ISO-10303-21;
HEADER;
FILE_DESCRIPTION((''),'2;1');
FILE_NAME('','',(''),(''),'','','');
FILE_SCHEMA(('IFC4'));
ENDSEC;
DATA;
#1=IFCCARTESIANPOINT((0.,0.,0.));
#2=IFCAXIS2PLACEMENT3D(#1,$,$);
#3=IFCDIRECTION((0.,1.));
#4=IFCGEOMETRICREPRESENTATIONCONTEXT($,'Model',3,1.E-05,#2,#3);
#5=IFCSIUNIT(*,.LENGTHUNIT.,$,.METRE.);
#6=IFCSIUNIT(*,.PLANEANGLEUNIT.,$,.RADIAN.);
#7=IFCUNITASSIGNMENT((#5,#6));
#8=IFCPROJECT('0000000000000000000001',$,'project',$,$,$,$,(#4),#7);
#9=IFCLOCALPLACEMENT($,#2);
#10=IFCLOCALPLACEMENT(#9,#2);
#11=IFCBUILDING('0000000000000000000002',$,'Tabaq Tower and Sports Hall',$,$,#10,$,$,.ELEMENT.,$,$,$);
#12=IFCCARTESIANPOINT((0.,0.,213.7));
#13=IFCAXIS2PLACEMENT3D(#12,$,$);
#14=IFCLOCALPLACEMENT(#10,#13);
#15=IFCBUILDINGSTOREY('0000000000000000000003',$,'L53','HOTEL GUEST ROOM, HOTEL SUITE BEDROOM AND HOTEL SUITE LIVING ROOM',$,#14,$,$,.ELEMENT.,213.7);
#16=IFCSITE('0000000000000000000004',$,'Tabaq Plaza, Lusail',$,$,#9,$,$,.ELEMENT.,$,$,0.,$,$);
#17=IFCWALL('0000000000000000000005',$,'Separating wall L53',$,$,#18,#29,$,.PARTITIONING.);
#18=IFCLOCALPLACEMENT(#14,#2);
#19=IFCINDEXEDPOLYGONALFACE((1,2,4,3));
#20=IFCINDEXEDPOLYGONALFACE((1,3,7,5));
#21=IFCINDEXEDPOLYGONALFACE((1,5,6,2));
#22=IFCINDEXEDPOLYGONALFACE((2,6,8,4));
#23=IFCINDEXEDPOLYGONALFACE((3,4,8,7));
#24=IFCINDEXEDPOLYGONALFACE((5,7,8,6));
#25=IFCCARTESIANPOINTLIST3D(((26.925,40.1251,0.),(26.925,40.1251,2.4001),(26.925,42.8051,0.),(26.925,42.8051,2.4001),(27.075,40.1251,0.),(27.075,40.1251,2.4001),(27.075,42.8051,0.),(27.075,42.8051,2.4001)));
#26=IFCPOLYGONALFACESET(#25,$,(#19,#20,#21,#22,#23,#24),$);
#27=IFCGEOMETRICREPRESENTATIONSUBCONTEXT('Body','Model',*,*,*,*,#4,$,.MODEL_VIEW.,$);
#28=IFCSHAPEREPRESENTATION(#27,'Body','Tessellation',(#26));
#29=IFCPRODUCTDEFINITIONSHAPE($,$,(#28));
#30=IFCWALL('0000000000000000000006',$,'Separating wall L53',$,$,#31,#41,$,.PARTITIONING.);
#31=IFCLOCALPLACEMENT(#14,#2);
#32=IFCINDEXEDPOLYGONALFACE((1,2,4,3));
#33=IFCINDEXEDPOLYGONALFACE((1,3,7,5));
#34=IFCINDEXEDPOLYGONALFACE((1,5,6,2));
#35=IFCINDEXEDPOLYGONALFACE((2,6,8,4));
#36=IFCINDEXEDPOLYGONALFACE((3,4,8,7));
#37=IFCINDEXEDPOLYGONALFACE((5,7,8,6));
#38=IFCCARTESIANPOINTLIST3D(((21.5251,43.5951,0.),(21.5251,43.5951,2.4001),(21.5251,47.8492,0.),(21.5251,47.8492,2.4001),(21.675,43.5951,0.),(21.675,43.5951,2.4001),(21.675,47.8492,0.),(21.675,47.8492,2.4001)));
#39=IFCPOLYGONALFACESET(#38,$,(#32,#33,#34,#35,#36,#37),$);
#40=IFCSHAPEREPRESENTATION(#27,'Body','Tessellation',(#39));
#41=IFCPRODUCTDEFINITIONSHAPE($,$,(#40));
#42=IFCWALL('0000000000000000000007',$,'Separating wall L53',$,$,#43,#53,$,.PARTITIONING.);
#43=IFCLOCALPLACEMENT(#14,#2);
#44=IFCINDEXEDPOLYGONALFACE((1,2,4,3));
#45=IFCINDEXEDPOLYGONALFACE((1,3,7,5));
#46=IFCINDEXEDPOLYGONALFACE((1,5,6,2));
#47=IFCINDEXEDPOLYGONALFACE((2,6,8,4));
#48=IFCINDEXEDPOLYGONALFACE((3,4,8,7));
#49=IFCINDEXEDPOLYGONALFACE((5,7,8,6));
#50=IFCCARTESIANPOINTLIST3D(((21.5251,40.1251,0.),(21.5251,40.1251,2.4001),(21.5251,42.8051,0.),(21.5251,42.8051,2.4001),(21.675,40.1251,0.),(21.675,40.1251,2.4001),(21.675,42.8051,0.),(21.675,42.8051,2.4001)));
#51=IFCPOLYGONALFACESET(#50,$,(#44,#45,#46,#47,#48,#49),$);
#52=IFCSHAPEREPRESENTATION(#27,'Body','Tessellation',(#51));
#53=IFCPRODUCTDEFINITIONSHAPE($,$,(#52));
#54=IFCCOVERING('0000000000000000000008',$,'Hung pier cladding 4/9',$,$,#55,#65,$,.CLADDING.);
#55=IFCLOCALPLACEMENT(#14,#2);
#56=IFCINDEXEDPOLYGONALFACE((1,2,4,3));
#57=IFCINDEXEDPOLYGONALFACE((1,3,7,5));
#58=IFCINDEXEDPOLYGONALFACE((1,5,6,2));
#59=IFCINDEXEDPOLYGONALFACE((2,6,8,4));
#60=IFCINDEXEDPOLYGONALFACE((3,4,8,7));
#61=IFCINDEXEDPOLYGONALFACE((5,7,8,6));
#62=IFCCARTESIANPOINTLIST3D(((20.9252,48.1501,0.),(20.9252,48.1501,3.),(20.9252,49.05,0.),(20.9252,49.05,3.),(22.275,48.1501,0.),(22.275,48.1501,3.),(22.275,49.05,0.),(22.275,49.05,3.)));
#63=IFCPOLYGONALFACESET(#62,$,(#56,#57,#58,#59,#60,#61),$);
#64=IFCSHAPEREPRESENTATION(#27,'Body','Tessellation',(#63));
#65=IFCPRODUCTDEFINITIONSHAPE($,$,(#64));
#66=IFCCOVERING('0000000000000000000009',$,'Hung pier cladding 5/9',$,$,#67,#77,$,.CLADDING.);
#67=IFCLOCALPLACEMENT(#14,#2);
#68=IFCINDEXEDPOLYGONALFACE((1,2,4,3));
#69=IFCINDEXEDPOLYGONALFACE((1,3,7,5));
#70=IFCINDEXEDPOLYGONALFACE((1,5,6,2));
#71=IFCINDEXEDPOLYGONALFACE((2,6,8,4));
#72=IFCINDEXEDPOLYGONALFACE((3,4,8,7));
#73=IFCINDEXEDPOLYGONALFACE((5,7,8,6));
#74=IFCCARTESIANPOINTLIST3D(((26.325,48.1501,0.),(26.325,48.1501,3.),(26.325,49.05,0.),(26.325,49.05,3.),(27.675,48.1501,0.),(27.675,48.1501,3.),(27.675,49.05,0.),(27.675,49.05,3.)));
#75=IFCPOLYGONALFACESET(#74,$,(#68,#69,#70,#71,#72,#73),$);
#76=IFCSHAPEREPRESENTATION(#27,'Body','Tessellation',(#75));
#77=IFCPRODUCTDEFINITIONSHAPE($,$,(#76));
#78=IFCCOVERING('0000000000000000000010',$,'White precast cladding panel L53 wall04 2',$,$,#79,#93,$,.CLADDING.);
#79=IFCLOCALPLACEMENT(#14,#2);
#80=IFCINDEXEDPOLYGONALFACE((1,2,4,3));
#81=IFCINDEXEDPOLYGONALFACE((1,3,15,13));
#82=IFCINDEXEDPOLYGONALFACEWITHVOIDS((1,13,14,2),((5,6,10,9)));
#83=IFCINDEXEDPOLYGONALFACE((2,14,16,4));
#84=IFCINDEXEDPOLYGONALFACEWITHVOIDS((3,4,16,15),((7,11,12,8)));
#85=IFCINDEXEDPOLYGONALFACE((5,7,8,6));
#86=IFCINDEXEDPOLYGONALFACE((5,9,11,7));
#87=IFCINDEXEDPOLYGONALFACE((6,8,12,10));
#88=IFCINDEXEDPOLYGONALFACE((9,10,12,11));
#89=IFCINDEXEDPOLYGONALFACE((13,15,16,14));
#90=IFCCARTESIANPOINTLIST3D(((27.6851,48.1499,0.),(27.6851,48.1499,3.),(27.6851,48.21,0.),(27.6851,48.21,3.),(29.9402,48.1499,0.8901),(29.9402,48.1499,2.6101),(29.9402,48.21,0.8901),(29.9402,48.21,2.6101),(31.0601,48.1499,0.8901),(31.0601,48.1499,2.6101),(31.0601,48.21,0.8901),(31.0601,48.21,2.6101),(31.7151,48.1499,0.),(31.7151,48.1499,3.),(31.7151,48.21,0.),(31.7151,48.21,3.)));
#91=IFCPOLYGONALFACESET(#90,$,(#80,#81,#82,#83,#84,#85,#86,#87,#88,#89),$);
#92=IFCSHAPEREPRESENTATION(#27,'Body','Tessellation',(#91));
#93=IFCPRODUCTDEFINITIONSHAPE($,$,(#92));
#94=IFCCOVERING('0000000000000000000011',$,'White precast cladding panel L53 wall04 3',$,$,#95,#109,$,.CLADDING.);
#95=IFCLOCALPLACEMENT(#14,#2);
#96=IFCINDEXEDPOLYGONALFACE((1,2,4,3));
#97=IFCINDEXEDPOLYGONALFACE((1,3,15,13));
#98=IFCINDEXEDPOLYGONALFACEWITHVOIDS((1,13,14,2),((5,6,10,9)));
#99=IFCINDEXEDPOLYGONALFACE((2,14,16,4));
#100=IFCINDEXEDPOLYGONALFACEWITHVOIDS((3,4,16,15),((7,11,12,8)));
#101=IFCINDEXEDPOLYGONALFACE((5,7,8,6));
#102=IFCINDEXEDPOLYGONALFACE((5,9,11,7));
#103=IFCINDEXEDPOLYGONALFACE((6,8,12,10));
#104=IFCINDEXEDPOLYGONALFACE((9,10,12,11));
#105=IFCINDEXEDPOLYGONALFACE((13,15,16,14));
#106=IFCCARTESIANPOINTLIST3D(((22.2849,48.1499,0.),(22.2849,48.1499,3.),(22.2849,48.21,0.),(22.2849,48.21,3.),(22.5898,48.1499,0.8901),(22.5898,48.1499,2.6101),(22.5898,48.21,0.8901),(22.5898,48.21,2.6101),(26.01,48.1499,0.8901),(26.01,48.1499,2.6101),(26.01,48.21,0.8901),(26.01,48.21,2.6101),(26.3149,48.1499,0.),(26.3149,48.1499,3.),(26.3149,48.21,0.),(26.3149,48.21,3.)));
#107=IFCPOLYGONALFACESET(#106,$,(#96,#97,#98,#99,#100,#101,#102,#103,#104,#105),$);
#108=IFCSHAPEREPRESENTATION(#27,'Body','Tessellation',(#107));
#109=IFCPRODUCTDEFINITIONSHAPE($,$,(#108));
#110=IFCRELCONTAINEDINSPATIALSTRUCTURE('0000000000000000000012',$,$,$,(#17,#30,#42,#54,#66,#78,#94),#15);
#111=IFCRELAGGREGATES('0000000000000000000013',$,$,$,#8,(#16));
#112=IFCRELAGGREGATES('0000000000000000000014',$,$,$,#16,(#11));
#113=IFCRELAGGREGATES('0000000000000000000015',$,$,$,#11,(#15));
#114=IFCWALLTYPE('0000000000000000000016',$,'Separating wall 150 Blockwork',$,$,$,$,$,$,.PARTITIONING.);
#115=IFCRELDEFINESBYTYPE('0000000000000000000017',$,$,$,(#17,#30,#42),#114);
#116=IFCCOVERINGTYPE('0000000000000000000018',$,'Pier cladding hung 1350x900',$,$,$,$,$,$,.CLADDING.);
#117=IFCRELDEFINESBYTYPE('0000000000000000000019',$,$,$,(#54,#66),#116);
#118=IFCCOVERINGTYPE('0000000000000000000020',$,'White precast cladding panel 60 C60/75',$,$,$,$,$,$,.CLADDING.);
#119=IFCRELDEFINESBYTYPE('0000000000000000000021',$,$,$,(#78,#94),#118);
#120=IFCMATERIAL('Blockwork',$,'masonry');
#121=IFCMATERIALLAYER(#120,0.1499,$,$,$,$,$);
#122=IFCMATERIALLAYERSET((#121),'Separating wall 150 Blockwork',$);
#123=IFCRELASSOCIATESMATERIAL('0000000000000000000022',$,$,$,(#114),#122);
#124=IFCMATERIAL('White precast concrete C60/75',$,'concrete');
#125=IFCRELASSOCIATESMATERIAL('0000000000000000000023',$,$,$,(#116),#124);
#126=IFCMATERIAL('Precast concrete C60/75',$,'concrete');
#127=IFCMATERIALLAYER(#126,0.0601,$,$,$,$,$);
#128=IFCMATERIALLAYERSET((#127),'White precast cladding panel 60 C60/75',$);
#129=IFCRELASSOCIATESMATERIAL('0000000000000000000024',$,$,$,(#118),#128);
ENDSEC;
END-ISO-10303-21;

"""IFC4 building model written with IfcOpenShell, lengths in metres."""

from ifc_helpers import new_model, si_unit, direction, frame, frame_2d, origin, place, context, subcontext, project, spatial, polyline, rectangle, outline, extrude, material, layer, layer_set, type_object, element, save


model = new_model("IFC4")

# Units and contexts
model_context = context("Model", 3, precision=1e-05, world=origin(), true_north=direction((0.0, 1.0)))
body_context = subcontext(model_context, "Body", "Model", "MODEL_VIEW")
ifc_project = project(units=[si_unit("LENGTHUNIT", "METRE"), si_unit("PLANEANGLEUNIT", "RADIAN")], contexts=[model_context])

# Site, building, storey
site_placement = place(None, origin())
site = spatial("IfcSite", under=ifc_project, at=site_placement, Name="Tabaq Plaza, Lusail", CompositionType="ELEMENT", RefElevation=0.0)
building_placement = place(site_placement, origin())
building = spatial("IfcBuilding", under=site, at=building_placement, Name="Tabaq Tower and Sports Hall", CompositionType="ELEMENT")
storey_placement = place(building_placement, frame((0.0, 0.0, 213.7)))
storey = spatial("IfcBuildingStorey", under=building, at=storey_placement, Name="L53", Description="HOTEL GUEST ROOM, HOTEL SUITE BEDROOM AND HOTEL SUITE LIVING ROOM", CompositionType="ELEMENT", Elevation=213.7)

# Walls
ifc_material_1 = material(Name="Blockwork", Category="masonry")
ifc_layer_1 = layer(ifc_material_1, 0.1499)
ifc_layer_set_1 = layer_set([ifc_layer_1], Name="Separating wall 150 Blockwork")
wall_type_1 = type_object("IfcWallType", Name="Separating wall 150 Blockwork", PredefinedType="PARTITIONING", material=ifc_layer_set_1)
wall_1_placement = place(storey_placement, frame((27.0, 42.8049, 0.0), z_axis=(0.0, 0.0, 1.0), x_axis=(0.0, -1.0, 0.0)))
element("IfcWall", 1, at=wall_1_placement, inside=storey, type_object=wall_type_1, Name="Separating wall L53", PredefinedType="PARTITIONING", context=body_context, shape_type="SweptSolid", body=[
    extrude(rectangle(XDim=2.6799, YDim=0.1499, at=frame_2d((1.3398, 0.0))), origin(), (0.0, 0.0, 1.0), 2.4001),
])
wall_2_placement = place(storey_placement, frame((21.6001, 47.8491, 0.0), z_axis=(0.0, 0.0, 1.0), x_axis=(0.0, -1.0, 0.0)))
element("IfcWall", 2, at=wall_2_placement, inside=storey, type_object=wall_type_1, Name="Separating wall L53", PredefinedType="PARTITIONING", context=body_context, shape_type="SweptSolid", body=[
    extrude(rectangle(XDim=4.2542, YDim=0.1499, at=frame_2d((2.127, 0.0))), origin(), (0.0, 0.0, 1.0), 2.4001),
])
wall_3_placement = place(storey_placement, frame((21.6001, 42.8049, 0.0), z_axis=(0.0, 0.0, 1.0), x_axis=(0.0, -1.0, 0.0)))
element("IfcWall", 3, at=wall_3_placement, inside=storey, type_object=wall_type_1, Name="Separating wall L53", PredefinedType="PARTITIONING", context=body_context, shape_type="SweptSolid", body=[
    extrude(rectangle(XDim=2.6799, YDim=0.1499, at=frame_2d((1.3398, 0.0))), origin(), (0.0, 0.0, 1.0), 2.4001),
])

# Coverings
ifc_material_2 = material(Name="White precast concrete C60/75", Category="concrete")
covering_type_1 = type_object("IfcCoveringType", Name="Pier cladding hung 1350x900", PredefinedType="CLADDING", material=ifc_material_2)
covering_1_placement = place(storey_placement, frame((22.2749, 48.6001, 0.0), z_axis=(0.0, 0.0, 1.0), x_axis=(-1.0, 0.0, 0.0)))
element("IfcCovering", 4, at=covering_1_placement, inside=storey, type_object=covering_type_1, Name="Hung pier cladding 4/9", PredefinedType="CLADDING", context=body_context, shape_type="SweptSolid", body=[
    extrude(rectangle(XDim=1.3499, YDim=0.8999, at=frame_2d((0.6748, 0.0))), origin(), (0.0, 0.0, 1.0), 3.0),
])
covering_2_placement = place(storey_placement, frame((27.675, 48.6001, 0.0), z_axis=(0.0, 0.0, 1.0), x_axis=(-1.0, 0.0, 0.0)))
element("IfcCovering", 5, at=covering_2_placement, inside=storey, type_object=covering_type_1, Name="Hung pier cladding 5/9", PredefinedType="CLADDING", context=body_context, shape_type="SweptSolid", body=[
    extrude(rectangle(XDim=1.3501, YDim=0.8999, at=frame_2d((0.675, 0.0))), origin(), (0.0, 0.0, 1.0), 3.0),
])
ifc_material_3 = material(Name="Precast concrete C60/75", Category="concrete")
ifc_layer_2 = layer(ifc_material_3, 0.0601)
ifc_layer_set_2 = layer_set([ifc_layer_2], Name="White precast cladding panel 60 C60/75")
covering_type_2 = type_object("IfcCoveringType", Name="White precast cladding panel 60 C60/75", PredefinedType="CLADDING", material=ifc_layer_set_2)
covering_3_placement = place(storey_placement, frame((31.7151, 48.1799, 0.0), z_axis=(0.0, 0.0, 1.0), x_axis=(-1.0, 0.0, 0.0)))
element("IfcCovering", 6, at=covering_3_placement, inside=storey, type_object=covering_type_2, Name="White precast cladding panel L53 wall04 2", PredefinedType="CLADDING", context=body_context, shape_type="SweptSolid", body=[
    extrude(outline(polyline([(0.0, 0.0), (4.03, 0.0), (4.03, 3.0), (0.0, 3.0), (0.0, 0.0)]), holes=[polyline([(0.655, 0.8901), (0.655, 2.6101), (1.7749, 2.6101), (1.7749, 0.8901), (0.655, 0.8901)])]), frame((0.0, 0.03, 0.0), z_axis=(0.0, -1.0, 0.0), x_axis=(1.0, 0.0, 0.0)), (0.0, 0.0, 1.0), 0.0601),
])
covering_4_placement = place(storey_placement, frame((26.3149, 48.1799, 0.0), z_axis=(0.0, 0.0, 1.0), x_axis=(-1.0, 0.0, 0.0)))
element("IfcCovering", 7, at=covering_4_placement, inside=storey, type_object=covering_type_2, Name="White precast cladding panel L53 wall04 3", PredefinedType="CLADDING", context=body_context, shape_type="SweptSolid", body=[
    extrude(outline(polyline([(0.0, 0.0), (4.03, 0.0), (4.03, 3.0), (0.0, 3.0), (0.0, 0.0)]), holes=[polyline([(0.3049, 0.8901), (0.3049, 2.6101), (3.7251, 2.6101), (3.7251, 0.8901), (0.3049, 0.8901)])]), frame((0.0, 0.03, 0.0), z_axis=(0.0, -1.0, 0.0), x_axis=(1.0, 0.0, 0.0)), (0.0, 0.0, 1.0), 0.0601),
])

save(model, "model.ifc")
